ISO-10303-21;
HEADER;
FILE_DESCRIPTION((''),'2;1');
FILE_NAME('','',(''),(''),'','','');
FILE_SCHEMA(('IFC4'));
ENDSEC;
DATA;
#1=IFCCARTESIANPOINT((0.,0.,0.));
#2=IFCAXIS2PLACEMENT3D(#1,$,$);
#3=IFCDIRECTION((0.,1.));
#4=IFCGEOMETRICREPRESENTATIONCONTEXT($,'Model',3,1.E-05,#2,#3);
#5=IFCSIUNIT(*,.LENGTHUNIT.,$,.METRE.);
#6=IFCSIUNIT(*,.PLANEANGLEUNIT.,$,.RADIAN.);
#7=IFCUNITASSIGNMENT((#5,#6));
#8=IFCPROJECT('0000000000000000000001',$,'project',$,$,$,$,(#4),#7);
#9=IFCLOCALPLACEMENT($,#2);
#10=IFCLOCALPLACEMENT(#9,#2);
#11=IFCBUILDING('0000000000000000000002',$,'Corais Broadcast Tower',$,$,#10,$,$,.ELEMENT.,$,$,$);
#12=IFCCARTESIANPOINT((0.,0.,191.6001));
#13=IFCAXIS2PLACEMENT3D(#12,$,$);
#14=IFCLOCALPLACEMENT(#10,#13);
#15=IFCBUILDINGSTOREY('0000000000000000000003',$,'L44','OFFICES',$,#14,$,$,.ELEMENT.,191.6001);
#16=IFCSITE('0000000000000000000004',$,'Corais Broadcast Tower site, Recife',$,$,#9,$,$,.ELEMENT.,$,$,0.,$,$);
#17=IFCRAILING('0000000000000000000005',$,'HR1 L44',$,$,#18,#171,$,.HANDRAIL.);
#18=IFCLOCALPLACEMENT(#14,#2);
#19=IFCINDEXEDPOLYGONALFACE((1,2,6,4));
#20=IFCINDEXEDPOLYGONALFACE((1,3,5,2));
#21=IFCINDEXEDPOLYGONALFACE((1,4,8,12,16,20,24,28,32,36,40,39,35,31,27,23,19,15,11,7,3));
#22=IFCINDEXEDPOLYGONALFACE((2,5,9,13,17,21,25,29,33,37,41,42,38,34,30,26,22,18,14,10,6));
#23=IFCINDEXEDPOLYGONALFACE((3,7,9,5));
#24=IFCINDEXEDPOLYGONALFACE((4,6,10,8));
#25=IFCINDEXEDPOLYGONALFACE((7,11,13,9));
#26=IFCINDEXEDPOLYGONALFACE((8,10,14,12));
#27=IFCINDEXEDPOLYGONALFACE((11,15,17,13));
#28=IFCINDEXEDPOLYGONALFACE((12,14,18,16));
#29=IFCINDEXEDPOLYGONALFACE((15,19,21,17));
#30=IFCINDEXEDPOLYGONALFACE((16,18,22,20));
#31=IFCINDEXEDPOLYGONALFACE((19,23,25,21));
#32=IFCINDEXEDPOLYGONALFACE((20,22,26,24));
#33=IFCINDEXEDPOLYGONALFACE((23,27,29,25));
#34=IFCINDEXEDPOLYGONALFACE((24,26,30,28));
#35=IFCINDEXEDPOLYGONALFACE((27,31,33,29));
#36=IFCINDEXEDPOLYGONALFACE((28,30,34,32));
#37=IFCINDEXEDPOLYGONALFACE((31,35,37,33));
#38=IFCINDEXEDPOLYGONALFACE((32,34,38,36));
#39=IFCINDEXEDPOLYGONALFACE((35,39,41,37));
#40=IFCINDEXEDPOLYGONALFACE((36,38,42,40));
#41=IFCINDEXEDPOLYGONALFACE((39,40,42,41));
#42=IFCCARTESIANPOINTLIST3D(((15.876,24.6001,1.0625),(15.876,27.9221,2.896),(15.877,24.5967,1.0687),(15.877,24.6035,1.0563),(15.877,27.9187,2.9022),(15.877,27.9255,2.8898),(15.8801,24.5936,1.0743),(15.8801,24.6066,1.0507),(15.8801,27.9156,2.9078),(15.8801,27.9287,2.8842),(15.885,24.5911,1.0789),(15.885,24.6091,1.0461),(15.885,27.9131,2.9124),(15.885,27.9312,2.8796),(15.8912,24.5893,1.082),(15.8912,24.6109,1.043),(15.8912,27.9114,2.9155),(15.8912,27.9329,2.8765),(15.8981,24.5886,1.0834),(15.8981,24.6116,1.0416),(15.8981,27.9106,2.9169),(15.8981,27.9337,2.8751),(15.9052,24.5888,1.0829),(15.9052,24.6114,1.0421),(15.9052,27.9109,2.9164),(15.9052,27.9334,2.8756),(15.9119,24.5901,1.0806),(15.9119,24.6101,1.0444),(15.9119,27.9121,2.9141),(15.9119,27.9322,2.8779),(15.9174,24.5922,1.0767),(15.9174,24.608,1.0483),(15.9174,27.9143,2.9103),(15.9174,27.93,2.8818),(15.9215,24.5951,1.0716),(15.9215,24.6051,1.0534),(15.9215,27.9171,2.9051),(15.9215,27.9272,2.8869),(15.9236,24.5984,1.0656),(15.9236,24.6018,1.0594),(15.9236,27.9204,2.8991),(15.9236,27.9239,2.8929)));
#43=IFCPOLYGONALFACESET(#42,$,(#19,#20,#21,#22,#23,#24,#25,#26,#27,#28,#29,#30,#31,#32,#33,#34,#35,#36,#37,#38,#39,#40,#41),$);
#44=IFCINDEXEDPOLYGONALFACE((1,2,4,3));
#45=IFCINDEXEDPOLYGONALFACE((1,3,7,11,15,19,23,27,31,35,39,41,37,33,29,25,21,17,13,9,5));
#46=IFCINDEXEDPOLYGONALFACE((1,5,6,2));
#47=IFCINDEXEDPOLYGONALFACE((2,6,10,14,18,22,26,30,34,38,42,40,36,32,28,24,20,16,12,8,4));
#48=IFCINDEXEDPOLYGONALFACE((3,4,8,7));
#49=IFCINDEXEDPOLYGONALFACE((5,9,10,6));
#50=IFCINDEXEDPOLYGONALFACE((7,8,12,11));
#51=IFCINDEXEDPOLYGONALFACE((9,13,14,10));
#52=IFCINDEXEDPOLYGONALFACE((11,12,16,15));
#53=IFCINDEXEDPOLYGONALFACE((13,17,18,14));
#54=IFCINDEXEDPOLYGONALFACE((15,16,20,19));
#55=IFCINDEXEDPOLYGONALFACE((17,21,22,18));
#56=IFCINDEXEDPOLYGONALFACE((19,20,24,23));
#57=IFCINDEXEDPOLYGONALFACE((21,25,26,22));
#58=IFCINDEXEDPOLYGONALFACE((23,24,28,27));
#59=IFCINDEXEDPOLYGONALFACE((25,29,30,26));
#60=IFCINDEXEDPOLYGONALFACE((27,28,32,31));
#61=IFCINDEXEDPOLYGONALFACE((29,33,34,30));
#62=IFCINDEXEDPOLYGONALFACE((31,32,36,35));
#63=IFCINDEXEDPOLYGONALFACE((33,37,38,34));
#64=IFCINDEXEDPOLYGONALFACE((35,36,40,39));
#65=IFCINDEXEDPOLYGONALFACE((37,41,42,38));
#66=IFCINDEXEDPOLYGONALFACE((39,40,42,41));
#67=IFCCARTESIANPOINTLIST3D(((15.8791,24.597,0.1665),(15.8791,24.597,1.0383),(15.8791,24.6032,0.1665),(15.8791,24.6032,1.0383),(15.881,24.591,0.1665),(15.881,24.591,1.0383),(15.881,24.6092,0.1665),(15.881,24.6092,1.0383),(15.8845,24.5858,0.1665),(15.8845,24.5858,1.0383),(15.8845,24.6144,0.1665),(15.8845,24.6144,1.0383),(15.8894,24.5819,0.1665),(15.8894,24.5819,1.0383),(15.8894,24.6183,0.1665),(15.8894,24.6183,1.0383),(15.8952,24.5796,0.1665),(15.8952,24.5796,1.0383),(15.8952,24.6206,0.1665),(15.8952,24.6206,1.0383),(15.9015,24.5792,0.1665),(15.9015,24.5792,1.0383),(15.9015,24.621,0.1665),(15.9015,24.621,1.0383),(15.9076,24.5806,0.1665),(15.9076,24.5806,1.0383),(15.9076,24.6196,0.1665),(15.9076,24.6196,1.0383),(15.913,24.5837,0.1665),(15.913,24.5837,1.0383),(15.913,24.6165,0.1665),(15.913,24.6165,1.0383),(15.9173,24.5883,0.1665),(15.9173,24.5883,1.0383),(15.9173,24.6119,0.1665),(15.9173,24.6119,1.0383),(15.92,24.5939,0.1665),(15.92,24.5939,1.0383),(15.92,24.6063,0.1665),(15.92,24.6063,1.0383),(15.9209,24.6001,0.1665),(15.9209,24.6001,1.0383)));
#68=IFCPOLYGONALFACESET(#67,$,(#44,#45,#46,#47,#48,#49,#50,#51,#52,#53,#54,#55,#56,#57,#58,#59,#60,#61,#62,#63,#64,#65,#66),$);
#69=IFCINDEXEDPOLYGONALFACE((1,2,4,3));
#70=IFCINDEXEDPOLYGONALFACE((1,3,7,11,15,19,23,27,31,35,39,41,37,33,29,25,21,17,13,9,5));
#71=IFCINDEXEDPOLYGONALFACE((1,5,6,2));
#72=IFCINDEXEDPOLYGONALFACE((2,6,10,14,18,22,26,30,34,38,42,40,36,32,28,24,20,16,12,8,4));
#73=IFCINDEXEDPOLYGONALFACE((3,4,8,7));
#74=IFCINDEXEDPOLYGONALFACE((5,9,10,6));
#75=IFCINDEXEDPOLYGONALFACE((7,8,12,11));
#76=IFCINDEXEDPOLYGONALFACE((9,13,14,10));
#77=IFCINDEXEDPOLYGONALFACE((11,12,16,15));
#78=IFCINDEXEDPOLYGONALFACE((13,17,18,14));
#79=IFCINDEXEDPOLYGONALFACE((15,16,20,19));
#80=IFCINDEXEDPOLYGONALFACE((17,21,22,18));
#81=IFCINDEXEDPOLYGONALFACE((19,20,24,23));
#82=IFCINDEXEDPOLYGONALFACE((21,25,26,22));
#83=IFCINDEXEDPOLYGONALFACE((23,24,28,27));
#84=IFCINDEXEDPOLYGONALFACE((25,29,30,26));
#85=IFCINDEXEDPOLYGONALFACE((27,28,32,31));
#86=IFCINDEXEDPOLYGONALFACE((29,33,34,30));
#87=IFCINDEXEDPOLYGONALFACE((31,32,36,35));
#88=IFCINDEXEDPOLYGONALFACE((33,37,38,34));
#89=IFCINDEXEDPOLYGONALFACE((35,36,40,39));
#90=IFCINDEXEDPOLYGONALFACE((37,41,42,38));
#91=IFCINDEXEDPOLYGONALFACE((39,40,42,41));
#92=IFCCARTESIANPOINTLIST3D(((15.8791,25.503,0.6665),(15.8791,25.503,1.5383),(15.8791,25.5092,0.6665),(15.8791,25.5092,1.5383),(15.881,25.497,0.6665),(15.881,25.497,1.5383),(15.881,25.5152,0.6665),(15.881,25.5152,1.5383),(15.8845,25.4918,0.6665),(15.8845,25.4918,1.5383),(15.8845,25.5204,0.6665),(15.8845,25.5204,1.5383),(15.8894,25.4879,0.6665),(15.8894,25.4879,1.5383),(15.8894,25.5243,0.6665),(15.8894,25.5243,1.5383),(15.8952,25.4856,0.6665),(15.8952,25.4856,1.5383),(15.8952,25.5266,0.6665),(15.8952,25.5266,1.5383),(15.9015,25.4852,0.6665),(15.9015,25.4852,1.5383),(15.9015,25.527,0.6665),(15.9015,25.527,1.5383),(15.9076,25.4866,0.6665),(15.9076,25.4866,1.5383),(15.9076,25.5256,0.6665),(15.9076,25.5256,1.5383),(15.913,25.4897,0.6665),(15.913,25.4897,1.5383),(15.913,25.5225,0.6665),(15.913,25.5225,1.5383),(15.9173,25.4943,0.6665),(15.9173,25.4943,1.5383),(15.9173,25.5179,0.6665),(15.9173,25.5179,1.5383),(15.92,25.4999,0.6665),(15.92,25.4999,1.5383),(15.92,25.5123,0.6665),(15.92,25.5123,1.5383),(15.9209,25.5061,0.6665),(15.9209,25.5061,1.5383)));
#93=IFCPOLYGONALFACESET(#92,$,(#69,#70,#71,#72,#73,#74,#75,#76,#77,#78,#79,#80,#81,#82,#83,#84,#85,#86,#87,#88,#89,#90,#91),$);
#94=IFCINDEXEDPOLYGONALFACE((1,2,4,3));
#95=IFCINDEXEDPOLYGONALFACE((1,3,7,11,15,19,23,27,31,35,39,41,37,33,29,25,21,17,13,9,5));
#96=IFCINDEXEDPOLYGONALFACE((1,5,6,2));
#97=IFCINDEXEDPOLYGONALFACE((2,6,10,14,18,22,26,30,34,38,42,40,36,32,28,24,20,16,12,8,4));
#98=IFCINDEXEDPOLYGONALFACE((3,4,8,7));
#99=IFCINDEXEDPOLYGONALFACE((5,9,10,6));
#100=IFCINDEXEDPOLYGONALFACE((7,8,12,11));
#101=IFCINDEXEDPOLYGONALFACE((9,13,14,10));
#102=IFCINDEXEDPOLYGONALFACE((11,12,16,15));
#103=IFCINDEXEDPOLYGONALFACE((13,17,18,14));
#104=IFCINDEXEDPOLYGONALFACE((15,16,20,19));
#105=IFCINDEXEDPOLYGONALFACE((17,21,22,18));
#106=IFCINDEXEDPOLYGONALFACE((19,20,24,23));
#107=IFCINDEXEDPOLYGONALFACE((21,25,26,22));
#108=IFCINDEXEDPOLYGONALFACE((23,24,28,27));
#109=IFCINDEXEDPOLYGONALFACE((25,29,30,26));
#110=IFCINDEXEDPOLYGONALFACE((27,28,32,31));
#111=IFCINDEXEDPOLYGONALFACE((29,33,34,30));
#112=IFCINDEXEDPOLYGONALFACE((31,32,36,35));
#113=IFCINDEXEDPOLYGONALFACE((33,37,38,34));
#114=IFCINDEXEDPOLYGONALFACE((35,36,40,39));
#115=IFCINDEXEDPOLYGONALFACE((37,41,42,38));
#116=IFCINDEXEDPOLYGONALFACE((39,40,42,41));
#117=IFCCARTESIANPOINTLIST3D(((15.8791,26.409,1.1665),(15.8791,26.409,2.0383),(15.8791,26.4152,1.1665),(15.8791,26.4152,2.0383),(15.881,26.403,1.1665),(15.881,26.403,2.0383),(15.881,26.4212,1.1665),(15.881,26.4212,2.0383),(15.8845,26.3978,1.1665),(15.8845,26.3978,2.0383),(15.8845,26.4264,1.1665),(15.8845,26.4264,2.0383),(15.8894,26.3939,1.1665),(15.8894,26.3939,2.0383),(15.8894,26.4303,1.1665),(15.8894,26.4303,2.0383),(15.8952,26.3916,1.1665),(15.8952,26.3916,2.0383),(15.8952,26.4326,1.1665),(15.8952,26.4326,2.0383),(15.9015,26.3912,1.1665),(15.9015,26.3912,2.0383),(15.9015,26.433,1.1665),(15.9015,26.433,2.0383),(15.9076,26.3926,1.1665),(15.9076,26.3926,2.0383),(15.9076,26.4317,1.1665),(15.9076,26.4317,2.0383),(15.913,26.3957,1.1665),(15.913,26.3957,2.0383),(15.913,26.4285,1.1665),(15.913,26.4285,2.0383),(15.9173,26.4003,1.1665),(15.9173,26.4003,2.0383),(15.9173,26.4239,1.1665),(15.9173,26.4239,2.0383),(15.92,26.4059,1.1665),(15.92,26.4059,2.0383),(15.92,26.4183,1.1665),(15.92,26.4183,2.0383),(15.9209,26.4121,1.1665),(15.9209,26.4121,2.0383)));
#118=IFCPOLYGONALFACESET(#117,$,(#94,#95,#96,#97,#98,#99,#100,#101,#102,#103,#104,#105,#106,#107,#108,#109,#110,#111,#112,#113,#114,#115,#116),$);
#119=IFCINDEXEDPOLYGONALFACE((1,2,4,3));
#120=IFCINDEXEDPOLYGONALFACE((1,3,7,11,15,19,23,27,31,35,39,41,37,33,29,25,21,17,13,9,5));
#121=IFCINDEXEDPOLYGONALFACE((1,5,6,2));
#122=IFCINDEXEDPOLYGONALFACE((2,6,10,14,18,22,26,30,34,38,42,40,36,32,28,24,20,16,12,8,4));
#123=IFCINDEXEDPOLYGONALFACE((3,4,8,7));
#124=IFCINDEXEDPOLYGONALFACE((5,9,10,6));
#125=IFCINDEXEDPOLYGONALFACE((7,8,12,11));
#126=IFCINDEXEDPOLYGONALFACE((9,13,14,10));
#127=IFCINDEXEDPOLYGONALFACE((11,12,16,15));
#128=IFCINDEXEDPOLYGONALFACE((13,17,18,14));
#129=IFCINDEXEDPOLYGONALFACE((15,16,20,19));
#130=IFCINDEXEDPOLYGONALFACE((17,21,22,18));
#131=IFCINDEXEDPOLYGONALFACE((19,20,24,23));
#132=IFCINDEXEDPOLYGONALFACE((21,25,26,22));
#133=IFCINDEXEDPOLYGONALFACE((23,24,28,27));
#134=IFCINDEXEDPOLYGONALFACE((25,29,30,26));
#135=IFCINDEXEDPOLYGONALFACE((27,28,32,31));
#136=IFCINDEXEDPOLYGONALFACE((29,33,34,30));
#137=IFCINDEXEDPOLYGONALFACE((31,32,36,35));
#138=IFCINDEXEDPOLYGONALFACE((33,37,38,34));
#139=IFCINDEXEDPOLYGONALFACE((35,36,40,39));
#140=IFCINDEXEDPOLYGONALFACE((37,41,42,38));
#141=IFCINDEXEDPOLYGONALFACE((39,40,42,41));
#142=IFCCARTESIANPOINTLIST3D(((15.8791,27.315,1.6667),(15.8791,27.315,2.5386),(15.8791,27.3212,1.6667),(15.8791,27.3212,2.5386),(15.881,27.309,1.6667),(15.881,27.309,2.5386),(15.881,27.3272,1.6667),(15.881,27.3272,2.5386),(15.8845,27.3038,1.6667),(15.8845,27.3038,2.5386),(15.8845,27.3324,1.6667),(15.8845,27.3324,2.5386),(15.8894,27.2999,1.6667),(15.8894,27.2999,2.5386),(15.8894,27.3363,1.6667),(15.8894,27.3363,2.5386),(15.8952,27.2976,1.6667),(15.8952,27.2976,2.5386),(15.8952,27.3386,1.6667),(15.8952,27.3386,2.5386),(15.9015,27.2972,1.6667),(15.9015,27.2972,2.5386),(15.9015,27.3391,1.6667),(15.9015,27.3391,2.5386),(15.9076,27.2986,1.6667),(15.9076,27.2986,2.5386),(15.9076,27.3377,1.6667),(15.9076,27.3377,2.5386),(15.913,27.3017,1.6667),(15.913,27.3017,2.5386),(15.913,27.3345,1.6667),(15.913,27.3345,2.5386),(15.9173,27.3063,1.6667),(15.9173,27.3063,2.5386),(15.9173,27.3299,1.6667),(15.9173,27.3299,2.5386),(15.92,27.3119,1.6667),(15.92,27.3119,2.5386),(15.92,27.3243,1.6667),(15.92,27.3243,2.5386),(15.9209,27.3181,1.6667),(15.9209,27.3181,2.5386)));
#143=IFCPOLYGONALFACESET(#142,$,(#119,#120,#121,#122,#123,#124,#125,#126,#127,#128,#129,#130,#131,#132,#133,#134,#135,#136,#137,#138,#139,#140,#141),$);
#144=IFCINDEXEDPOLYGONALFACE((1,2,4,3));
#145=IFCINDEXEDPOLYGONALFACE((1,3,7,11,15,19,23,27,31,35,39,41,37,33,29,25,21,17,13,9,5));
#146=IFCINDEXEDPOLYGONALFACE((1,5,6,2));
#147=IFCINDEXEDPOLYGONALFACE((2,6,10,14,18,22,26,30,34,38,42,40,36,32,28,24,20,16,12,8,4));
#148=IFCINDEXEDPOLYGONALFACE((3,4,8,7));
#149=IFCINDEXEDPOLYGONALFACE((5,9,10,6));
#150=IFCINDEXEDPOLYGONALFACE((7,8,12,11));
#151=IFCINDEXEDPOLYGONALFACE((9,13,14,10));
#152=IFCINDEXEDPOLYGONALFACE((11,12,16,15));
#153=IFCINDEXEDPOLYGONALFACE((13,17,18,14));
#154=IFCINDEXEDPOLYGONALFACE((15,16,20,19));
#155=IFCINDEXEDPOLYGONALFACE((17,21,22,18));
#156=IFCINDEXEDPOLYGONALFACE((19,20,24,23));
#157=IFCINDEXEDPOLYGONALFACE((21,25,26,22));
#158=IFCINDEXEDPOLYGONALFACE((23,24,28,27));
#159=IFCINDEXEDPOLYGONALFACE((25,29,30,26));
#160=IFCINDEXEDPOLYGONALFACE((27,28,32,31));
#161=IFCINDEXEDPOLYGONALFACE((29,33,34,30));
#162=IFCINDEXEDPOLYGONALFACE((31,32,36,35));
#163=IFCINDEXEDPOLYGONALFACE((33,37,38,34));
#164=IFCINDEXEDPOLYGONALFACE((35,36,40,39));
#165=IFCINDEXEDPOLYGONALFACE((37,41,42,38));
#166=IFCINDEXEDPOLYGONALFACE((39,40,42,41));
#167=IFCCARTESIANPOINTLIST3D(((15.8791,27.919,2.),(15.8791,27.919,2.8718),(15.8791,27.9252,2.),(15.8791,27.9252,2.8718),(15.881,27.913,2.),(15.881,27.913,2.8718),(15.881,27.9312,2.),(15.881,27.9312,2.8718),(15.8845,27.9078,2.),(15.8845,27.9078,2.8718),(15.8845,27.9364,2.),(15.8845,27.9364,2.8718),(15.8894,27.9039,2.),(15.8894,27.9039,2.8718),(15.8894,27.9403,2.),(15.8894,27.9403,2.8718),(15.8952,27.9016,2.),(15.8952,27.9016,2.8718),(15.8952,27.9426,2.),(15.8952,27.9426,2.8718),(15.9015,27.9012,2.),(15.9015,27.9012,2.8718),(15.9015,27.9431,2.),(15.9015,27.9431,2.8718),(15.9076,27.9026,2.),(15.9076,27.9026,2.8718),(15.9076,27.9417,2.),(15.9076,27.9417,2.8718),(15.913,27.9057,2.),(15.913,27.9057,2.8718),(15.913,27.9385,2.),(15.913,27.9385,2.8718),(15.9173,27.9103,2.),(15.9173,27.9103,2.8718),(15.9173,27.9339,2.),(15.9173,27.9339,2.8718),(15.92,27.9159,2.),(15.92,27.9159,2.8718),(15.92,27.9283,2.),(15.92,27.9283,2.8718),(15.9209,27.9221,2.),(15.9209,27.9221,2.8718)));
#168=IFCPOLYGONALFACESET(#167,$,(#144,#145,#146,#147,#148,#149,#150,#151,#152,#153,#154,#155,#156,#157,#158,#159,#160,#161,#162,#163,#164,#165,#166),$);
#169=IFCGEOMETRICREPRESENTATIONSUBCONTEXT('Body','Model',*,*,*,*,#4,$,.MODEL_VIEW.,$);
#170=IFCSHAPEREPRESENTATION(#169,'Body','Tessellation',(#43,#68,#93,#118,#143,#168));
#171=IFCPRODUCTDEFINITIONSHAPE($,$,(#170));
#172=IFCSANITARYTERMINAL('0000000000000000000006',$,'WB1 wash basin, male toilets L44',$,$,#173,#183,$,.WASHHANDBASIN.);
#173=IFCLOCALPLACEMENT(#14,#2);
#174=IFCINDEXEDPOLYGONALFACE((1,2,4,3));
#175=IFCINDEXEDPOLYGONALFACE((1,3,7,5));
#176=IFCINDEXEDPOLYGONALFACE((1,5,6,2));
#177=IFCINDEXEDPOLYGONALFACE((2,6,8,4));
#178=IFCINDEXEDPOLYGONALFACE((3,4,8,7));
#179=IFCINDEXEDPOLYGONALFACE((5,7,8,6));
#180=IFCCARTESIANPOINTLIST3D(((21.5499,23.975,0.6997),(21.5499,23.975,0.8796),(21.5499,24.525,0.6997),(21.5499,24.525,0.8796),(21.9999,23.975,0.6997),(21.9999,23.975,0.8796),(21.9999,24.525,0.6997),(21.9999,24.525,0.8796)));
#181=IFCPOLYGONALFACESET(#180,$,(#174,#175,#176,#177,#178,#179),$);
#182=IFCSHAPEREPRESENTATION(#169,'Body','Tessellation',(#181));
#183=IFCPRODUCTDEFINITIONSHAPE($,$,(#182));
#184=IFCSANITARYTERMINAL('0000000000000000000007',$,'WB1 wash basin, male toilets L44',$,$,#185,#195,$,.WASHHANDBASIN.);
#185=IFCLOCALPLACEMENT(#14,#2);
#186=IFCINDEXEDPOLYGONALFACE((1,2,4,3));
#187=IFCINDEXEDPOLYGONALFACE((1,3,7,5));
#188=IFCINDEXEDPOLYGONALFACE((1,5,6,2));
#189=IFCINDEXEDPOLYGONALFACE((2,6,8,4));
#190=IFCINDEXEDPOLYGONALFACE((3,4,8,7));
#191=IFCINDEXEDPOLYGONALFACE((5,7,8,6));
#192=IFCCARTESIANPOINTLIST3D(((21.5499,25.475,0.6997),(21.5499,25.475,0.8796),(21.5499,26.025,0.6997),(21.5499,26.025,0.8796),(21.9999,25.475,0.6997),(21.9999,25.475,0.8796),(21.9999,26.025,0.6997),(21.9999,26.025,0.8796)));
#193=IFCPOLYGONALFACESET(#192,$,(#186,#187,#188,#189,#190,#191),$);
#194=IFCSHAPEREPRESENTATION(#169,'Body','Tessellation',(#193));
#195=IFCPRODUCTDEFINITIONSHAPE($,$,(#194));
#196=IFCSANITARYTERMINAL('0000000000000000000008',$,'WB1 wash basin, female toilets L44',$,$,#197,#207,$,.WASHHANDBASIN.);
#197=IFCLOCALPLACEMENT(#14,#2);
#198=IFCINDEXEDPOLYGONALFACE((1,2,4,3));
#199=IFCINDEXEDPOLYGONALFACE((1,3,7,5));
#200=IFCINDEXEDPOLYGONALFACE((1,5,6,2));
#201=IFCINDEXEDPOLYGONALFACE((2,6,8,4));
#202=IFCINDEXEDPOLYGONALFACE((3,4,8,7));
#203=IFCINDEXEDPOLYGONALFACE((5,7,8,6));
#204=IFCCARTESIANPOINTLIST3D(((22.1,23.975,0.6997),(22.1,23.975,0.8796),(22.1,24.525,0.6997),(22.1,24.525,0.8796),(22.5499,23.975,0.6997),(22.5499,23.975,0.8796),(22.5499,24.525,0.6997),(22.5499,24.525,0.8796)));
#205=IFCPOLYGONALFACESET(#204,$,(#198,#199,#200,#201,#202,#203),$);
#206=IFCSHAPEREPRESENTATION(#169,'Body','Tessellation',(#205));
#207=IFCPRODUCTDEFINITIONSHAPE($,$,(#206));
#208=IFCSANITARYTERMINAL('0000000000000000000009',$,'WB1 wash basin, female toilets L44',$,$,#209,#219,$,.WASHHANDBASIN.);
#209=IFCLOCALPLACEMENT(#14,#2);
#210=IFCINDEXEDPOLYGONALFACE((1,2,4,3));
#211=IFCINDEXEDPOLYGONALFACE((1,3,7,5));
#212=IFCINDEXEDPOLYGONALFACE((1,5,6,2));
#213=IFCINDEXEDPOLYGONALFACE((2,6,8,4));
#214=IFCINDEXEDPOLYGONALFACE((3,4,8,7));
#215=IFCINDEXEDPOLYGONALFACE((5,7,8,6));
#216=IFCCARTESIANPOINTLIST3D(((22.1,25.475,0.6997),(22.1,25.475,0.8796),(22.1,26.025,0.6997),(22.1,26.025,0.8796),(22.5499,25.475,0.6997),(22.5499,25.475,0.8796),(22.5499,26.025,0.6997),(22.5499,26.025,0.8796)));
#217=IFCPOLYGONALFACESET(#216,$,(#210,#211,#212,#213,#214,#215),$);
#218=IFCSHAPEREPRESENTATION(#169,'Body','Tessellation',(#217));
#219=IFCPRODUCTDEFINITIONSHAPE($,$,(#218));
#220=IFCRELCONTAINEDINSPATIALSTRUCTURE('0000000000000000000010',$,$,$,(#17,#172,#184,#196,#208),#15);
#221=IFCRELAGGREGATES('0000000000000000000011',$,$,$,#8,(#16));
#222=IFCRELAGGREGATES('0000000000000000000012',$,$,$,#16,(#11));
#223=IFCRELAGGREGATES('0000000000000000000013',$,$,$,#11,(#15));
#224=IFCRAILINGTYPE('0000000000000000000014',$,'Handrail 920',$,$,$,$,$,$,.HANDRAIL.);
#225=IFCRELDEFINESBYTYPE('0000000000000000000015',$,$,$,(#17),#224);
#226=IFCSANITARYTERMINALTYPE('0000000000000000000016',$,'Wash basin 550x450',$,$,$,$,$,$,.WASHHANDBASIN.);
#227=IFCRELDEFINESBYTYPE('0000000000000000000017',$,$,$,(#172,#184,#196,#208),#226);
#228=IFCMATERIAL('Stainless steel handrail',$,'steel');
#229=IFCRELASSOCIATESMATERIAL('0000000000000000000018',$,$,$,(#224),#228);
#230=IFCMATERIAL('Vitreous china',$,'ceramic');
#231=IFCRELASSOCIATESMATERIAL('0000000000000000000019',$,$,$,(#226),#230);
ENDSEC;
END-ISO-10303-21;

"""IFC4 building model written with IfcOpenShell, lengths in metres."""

from ifc_helpers import new_model, si_unit, direction, frame, origin, origin_2d, place, context, subcontext, project, spatial, rectangle, circle, extrude, material, type_object, element, save


model = new_model("IFC4")

# Units and contexts
model_context = context("Model", 3, precision=1e-05, world=origin(), true_north=direction((0.0, 1.0)))
body_context = subcontext(model_context, "Body", "Model", "MODEL_VIEW")
ifc_project = project(units=[si_unit("LENGTHUNIT", "METRE"), si_unit("PLANEANGLEUNIT", "RADIAN")], contexts=[model_context])

# Site, building, storey
site_placement = place(None, origin())
site = spatial("IfcSite", under=ifc_project, at=site_placement, Name="Corais Broadcast Tower site, Recife", CompositionType="ELEMENT", RefElevation=0.0)
building_placement = place(site_placement, origin())
building = spatial("IfcBuilding", under=site, at=building_placement, Name="Corais Broadcast Tower", CompositionType="ELEMENT")
storey_placement = place(building_placement, frame((0.0, 0.0, 191.6001)))
storey = spatial("IfcBuildingStorey", under=building, at=storey_placement, Name="L44", Description="OFFICES", CompositionType="ELEMENT", Elevation=191.6001)

# Railing
ifc_material_1 = material(Name="Stainless steel handrail", Category="steel")
railing_type = type_object("IfcRailingType", Name="Handrail 920", PredefinedType="HANDRAIL", material=ifc_material_1)
for number, where, name in (
    (1, (15.8999, 24.6001, 0.1665), "HR1 L44"),
):
    element("IfcRailing", number, at=place(storey_placement, frame(where)), inside=storey, type_object=railing_type, Name=name, PredefinedType="HANDRAIL", context=body_context, shape_type="SweptSolid", body=[
        extrude(circle(Radius=0.0239, at=origin_2d()), frame((0.0, 0.0, 0.896), z_axis=(0.0, 0.875504, 0.48321), x_axis=(-1.0, 0.0, 0.0)), (0.0, 0.0, 1.0), 3.7944),
        extrude(circle(Radius=0.021, at=origin_2d()), origin(), (0.0, 0.0, 1.0), 0.8718),
        extrude(circle(Radius=0.021, at=origin_2d()), frame((0.0, 0.906, 0.5)), (0.0, 0.0, 1.0), 0.8718),
        extrude(circle(Radius=0.021, at=origin_2d()), frame((0.0, 1.812, 1.0)), (0.0, 0.0, 1.0), 0.8718),
        extrude(circle(Radius=0.021, at=origin_2d()), frame((0.0, 2.718, 1.5002)), (0.0, 0.0, 1.0), 0.8718),
        extrude(circle(Radius=0.021, at=origin_2d()), frame((0.0, 3.322, 1.8335)), (0.0, 0.0, 1.0), 0.8718),
    ])

# Sanitary terminals
ifc_material_2 = material(Name="Vitreous china", Category="ceramic")
sanitary_terminal_type = type_object("IfcSanitaryTerminalType", Name="Wash basin 550x450", PredefinedType="WASHHANDBASIN", material=ifc_material_2)
for number, where, z_axis, x_axis, name in (
    (2, (21.7749, 24.25, 0.6997), (0.0, 0.0, 1.0), (1.0, 0.0, 0.0), "WB1 wash basin, male toilets L44"),
    (3, (21.7749, 25.75, 0.6997), (0.0, 0.0, 1.0), (1.0, 0.0, 0.0), "WB1 wash basin, male toilets L44"),
    (4, (22.325, 24.25, 0.6997), (0.0, 0.0, 1.0), (1.0, 0.0, 0.0), "WB1 wash basin, female toilets L44"),
    (5, (22.325, 25.75, 0.6997), (0.0, 0.0, 1.0), (1.0, 0.0, 0.0), "WB1 wash basin, female toilets L44"),
):
    element("IfcSanitaryTerminal", number, at=place(storey_placement, frame(where, z_axis=z_axis, x_axis=x_axis)), inside=storey, type_object=sanitary_terminal_type, Name=name, PredefinedType="WASHHANDBASIN", context=body_context, shape_type="SweptSolid", body=[
        extrude(rectangle(XDim=0.45, YDim=0.55, at=origin_2d()), origin(), (0.0, 0.0, 1.0), 0.1799),
    ])

save(model, "model.ifc")
